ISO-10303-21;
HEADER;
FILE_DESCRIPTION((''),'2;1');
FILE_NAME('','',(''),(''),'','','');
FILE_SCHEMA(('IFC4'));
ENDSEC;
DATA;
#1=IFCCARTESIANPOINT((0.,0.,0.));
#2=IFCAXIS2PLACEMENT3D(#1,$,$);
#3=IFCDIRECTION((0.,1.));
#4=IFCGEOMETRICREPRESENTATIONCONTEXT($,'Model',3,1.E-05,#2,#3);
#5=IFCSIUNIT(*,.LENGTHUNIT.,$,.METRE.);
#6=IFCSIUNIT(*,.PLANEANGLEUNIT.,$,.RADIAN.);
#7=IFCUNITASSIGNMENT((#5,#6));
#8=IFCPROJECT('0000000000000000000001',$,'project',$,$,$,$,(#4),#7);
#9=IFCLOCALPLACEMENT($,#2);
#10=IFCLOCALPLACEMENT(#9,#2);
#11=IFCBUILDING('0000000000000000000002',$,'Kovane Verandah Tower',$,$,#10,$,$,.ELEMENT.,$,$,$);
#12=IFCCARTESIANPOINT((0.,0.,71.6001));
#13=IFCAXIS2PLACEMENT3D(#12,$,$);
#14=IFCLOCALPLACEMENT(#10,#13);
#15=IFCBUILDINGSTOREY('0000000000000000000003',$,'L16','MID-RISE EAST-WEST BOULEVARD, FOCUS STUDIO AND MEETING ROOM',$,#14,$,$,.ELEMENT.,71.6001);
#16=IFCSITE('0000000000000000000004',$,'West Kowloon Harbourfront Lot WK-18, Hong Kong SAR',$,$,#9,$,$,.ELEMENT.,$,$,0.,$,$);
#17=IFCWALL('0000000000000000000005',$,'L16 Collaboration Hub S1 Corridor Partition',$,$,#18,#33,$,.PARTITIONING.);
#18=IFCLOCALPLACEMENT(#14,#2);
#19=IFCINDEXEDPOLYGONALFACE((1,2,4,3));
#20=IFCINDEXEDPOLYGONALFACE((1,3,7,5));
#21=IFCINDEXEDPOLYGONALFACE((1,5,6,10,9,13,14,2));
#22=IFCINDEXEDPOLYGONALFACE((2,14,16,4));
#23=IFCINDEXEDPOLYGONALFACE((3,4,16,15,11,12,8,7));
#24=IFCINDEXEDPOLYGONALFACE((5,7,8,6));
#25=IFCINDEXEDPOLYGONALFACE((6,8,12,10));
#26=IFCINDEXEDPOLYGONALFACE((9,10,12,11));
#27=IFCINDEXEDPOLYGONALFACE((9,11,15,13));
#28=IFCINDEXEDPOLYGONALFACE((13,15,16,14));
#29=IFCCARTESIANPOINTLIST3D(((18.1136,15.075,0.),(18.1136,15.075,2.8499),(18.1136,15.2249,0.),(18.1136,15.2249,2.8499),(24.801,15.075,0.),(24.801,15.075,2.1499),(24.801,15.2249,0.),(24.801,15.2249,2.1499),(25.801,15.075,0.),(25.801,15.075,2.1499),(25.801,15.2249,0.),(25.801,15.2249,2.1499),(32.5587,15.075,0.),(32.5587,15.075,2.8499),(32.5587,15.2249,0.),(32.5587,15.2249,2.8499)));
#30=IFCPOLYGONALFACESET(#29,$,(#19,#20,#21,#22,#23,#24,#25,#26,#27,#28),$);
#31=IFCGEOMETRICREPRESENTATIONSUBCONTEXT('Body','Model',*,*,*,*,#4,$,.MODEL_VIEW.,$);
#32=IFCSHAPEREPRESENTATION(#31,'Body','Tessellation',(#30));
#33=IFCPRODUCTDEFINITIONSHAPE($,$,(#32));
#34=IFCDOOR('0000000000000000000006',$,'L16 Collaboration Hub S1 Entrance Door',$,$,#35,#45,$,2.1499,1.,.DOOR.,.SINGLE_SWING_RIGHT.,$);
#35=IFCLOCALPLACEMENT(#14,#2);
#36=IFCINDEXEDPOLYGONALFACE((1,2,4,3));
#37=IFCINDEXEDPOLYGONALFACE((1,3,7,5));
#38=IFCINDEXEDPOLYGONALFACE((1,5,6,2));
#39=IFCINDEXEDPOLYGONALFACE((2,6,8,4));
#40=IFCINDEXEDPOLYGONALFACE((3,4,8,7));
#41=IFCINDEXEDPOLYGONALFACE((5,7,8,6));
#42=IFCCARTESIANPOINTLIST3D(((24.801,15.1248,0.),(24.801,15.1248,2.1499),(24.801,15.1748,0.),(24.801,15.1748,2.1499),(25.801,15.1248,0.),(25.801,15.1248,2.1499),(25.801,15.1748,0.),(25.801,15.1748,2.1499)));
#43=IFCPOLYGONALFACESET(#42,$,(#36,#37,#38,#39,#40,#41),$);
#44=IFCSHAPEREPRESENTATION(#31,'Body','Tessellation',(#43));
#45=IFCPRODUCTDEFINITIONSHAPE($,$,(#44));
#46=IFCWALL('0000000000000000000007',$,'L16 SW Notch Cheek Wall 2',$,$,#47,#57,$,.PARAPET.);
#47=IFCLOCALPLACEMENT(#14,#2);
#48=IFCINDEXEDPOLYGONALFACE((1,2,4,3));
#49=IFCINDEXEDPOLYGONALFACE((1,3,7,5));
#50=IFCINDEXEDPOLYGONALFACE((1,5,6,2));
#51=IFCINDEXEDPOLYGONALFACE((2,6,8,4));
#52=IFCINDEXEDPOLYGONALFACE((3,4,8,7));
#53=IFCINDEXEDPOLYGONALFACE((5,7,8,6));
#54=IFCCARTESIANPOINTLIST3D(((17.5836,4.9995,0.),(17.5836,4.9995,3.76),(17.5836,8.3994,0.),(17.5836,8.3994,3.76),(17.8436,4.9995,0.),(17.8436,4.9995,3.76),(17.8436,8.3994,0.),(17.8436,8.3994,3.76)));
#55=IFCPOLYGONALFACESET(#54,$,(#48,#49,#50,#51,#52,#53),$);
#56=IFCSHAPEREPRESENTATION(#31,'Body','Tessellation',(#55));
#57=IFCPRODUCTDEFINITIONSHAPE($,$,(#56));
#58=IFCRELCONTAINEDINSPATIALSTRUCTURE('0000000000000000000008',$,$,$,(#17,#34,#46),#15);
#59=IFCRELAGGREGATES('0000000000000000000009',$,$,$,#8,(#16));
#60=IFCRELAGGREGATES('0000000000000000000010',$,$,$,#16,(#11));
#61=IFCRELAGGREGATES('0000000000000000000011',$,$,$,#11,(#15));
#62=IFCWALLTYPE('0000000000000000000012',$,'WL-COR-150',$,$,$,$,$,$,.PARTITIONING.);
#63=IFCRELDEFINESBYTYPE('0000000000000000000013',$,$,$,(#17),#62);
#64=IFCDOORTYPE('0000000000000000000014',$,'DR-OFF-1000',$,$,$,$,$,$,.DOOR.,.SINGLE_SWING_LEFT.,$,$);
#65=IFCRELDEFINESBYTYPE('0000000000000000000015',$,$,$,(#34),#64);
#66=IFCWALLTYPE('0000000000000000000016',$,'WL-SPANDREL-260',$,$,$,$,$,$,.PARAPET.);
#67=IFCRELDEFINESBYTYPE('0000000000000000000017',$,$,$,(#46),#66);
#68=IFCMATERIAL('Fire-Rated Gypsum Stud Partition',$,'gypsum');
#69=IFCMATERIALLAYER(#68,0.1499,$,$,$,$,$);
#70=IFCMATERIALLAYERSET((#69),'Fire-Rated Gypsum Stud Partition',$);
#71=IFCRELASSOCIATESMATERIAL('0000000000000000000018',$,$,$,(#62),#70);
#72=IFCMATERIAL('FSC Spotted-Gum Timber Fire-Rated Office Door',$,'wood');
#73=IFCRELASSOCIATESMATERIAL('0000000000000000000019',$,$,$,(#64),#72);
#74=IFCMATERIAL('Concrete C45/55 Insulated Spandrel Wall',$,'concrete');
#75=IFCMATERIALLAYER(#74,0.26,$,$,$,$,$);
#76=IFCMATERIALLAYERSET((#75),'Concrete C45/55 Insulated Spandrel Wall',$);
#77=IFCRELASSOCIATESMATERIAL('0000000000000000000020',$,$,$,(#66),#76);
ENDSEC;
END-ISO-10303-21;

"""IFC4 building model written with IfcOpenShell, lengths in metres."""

from ifc_helpers import new_model, si_unit, direction, frame, frame_2d, origin, place, context, subcontext, project, spatial, rectangle, extrude, material, layer, layer_set, type_object, element, fill, save


model = new_model("IFC4")

# Units and contexts
model_context = context("Model", 3, precision=1e-05, world=origin(), true_north=direction((0.0, 1.0)))
body_context = subcontext(model_context, "Body", "Model", "MODEL_VIEW")
ifc_project = project(units=[si_unit("LENGTHUNIT", "METRE"), si_unit("PLANEANGLEUNIT", "RADIAN")], contexts=[model_context])

# Site, building, storey
site_placement = place(None, origin())
site = spatial("IfcSite", under=ifc_project, at=site_placement, Name="West Kowloon Harbourfront Lot WK-18, Hong Kong SAR", CompositionType="ELEMENT", RefElevation=0.0)
building_placement = place(site_placement, origin())
building = spatial("IfcBuilding", under=site, at=building_placement, Name="Kovane Verandah Tower", CompositionType="ELEMENT")
storey_placement = place(building_placement, frame((0.0, 0.0, 71.6001)))
storey = spatial("IfcBuildingStorey", under=building, at=storey_placement, Name="L16", Description="MID-RISE EAST-WEST BOULEVARD, FOCUS STUDIO AND MEETING ROOM", CompositionType="ELEMENT", Elevation=71.6001)

# Wall, opening, door
ifc_material_1 = material(Name="Fire-Rated Gypsum Stud Partition", Category="gypsum")
ifc_layer_1 = layer(ifc_material_1, 0.1499)
ifc_layer_set_1 = layer_set([ifc_layer_1], Name="Fire-Rated Gypsum Stud Partition")
wall_type_1 = type_object("IfcWallType", Name="WL-COR-150", PredefinedType="PARTITIONING", material=ifc_layer_set_1)
wall_1_placement = place(storey_placement, frame((18.1135, 15.1499, 0.0), z_axis=(0.0, 0.0, 1.0), x_axis=(1.0, 0.0, 0.0)))
wall_1 = element("IfcWall", 1, at=wall_1_placement, inside=storey, type_object=wall_type_1, Name="L16 Collaboration Hub S1 Corridor Partition", PredefinedType="PARTITIONING", context=body_context, shape_type="SweptSolid", body=[
    extrude(rectangle(XDim=14.4451, YDim=0.1499, at=frame_2d((7.2227, 0.0))), origin(), (0.0, 0.0, 1.0), 2.8499),
])
opening_1_placement = place(wall_1_placement, frame((6.6875, 0.0, 0.0)))
opening_1 = element("IfcOpeningElement", 2, at=opening_1_placement, cuts=wall_1, PredefinedType="OPENING", context=body_context, shape_type="SweptSolid", body=[
    extrude(rectangle(XDim=1.0, YDim=2.1499, at=frame_2d((0.5, 1.075))), frame((0.0, 0.075, 0.0), z_axis=(0.0, -1.0, 0.0), x_axis=(1.0, 0.0, 0.0)), (0.0, 0.0, 1.0), 0.1499),
])
ifc_material_2 = material(Name="FSC Spotted-Gum Timber Fire-Rated Office Door", Category="wood")
door_type_1 = type_object("IfcDoorType", Name="DR-OFF-1000", OperationType="SINGLE_SWING_LEFT", PredefinedType="DOOR", material=ifc_material_2)
door_1_placement = place(opening_1_placement, origin())
door_1 = element("IfcDoor", 3, at=door_1_placement, inside=storey, type_object=door_type_1, Name="L16 Collaboration Hub S1 Entrance Door", OperationType="SINGLE_SWING_RIGHT", OverallHeight=2.1499, OverallWidth=1.0, PredefinedType="DOOR", context=body_context, shape_type="SweptSolid", body=[
    extrude(rectangle(XDim=1.0, YDim=2.1499, at=frame_2d((0.5, 1.075))), frame((0.0, 0.0249, 0.0), z_axis=(0.0, -1.0, 0.0), x_axis=(1.0, 0.0, 0.0)), (0.0, 0.0, 1.0), 0.05),
])
fill(opening_1, door_1)

# Shared definitions
ifc_material_3 = material(Name="Concrete C45/55 Insulated Spandrel Wall", Category="concrete")
ifc_layer_2 = layer(ifc_material_3, 0.26)
ifc_layer_set_2 = layer_set([ifc_layer_2], Name="Concrete C45/55 Insulated Spandrel Wall")
wall_type_2 = type_object("IfcWallType", Name="WL-SPANDREL-260", PredefinedType="PARAPET", material=ifc_layer_set_2)

# Wall
wall_2_placement = place(storey_placement, frame((17.7136, 8.3994, 0.0), z_axis=(0.0, 0.0, 1.0), x_axis=(0.0, -1.0, 0.0)))
element("IfcWall", 4, at=wall_2_placement, inside=storey, type_object=wall_type_2, Name="L16 SW Notch Cheek Wall 2", PredefinedType="PARAPET", context=body_context, shape_type="SweptSolid", body=[
    extrude(rectangle(XDim=3.3999, YDim=0.26, at=frame_2d((1.7, 0.0))), origin(), (0.0, 0.0, 1.0), 3.76),
])

save(model, "model.ifc")
